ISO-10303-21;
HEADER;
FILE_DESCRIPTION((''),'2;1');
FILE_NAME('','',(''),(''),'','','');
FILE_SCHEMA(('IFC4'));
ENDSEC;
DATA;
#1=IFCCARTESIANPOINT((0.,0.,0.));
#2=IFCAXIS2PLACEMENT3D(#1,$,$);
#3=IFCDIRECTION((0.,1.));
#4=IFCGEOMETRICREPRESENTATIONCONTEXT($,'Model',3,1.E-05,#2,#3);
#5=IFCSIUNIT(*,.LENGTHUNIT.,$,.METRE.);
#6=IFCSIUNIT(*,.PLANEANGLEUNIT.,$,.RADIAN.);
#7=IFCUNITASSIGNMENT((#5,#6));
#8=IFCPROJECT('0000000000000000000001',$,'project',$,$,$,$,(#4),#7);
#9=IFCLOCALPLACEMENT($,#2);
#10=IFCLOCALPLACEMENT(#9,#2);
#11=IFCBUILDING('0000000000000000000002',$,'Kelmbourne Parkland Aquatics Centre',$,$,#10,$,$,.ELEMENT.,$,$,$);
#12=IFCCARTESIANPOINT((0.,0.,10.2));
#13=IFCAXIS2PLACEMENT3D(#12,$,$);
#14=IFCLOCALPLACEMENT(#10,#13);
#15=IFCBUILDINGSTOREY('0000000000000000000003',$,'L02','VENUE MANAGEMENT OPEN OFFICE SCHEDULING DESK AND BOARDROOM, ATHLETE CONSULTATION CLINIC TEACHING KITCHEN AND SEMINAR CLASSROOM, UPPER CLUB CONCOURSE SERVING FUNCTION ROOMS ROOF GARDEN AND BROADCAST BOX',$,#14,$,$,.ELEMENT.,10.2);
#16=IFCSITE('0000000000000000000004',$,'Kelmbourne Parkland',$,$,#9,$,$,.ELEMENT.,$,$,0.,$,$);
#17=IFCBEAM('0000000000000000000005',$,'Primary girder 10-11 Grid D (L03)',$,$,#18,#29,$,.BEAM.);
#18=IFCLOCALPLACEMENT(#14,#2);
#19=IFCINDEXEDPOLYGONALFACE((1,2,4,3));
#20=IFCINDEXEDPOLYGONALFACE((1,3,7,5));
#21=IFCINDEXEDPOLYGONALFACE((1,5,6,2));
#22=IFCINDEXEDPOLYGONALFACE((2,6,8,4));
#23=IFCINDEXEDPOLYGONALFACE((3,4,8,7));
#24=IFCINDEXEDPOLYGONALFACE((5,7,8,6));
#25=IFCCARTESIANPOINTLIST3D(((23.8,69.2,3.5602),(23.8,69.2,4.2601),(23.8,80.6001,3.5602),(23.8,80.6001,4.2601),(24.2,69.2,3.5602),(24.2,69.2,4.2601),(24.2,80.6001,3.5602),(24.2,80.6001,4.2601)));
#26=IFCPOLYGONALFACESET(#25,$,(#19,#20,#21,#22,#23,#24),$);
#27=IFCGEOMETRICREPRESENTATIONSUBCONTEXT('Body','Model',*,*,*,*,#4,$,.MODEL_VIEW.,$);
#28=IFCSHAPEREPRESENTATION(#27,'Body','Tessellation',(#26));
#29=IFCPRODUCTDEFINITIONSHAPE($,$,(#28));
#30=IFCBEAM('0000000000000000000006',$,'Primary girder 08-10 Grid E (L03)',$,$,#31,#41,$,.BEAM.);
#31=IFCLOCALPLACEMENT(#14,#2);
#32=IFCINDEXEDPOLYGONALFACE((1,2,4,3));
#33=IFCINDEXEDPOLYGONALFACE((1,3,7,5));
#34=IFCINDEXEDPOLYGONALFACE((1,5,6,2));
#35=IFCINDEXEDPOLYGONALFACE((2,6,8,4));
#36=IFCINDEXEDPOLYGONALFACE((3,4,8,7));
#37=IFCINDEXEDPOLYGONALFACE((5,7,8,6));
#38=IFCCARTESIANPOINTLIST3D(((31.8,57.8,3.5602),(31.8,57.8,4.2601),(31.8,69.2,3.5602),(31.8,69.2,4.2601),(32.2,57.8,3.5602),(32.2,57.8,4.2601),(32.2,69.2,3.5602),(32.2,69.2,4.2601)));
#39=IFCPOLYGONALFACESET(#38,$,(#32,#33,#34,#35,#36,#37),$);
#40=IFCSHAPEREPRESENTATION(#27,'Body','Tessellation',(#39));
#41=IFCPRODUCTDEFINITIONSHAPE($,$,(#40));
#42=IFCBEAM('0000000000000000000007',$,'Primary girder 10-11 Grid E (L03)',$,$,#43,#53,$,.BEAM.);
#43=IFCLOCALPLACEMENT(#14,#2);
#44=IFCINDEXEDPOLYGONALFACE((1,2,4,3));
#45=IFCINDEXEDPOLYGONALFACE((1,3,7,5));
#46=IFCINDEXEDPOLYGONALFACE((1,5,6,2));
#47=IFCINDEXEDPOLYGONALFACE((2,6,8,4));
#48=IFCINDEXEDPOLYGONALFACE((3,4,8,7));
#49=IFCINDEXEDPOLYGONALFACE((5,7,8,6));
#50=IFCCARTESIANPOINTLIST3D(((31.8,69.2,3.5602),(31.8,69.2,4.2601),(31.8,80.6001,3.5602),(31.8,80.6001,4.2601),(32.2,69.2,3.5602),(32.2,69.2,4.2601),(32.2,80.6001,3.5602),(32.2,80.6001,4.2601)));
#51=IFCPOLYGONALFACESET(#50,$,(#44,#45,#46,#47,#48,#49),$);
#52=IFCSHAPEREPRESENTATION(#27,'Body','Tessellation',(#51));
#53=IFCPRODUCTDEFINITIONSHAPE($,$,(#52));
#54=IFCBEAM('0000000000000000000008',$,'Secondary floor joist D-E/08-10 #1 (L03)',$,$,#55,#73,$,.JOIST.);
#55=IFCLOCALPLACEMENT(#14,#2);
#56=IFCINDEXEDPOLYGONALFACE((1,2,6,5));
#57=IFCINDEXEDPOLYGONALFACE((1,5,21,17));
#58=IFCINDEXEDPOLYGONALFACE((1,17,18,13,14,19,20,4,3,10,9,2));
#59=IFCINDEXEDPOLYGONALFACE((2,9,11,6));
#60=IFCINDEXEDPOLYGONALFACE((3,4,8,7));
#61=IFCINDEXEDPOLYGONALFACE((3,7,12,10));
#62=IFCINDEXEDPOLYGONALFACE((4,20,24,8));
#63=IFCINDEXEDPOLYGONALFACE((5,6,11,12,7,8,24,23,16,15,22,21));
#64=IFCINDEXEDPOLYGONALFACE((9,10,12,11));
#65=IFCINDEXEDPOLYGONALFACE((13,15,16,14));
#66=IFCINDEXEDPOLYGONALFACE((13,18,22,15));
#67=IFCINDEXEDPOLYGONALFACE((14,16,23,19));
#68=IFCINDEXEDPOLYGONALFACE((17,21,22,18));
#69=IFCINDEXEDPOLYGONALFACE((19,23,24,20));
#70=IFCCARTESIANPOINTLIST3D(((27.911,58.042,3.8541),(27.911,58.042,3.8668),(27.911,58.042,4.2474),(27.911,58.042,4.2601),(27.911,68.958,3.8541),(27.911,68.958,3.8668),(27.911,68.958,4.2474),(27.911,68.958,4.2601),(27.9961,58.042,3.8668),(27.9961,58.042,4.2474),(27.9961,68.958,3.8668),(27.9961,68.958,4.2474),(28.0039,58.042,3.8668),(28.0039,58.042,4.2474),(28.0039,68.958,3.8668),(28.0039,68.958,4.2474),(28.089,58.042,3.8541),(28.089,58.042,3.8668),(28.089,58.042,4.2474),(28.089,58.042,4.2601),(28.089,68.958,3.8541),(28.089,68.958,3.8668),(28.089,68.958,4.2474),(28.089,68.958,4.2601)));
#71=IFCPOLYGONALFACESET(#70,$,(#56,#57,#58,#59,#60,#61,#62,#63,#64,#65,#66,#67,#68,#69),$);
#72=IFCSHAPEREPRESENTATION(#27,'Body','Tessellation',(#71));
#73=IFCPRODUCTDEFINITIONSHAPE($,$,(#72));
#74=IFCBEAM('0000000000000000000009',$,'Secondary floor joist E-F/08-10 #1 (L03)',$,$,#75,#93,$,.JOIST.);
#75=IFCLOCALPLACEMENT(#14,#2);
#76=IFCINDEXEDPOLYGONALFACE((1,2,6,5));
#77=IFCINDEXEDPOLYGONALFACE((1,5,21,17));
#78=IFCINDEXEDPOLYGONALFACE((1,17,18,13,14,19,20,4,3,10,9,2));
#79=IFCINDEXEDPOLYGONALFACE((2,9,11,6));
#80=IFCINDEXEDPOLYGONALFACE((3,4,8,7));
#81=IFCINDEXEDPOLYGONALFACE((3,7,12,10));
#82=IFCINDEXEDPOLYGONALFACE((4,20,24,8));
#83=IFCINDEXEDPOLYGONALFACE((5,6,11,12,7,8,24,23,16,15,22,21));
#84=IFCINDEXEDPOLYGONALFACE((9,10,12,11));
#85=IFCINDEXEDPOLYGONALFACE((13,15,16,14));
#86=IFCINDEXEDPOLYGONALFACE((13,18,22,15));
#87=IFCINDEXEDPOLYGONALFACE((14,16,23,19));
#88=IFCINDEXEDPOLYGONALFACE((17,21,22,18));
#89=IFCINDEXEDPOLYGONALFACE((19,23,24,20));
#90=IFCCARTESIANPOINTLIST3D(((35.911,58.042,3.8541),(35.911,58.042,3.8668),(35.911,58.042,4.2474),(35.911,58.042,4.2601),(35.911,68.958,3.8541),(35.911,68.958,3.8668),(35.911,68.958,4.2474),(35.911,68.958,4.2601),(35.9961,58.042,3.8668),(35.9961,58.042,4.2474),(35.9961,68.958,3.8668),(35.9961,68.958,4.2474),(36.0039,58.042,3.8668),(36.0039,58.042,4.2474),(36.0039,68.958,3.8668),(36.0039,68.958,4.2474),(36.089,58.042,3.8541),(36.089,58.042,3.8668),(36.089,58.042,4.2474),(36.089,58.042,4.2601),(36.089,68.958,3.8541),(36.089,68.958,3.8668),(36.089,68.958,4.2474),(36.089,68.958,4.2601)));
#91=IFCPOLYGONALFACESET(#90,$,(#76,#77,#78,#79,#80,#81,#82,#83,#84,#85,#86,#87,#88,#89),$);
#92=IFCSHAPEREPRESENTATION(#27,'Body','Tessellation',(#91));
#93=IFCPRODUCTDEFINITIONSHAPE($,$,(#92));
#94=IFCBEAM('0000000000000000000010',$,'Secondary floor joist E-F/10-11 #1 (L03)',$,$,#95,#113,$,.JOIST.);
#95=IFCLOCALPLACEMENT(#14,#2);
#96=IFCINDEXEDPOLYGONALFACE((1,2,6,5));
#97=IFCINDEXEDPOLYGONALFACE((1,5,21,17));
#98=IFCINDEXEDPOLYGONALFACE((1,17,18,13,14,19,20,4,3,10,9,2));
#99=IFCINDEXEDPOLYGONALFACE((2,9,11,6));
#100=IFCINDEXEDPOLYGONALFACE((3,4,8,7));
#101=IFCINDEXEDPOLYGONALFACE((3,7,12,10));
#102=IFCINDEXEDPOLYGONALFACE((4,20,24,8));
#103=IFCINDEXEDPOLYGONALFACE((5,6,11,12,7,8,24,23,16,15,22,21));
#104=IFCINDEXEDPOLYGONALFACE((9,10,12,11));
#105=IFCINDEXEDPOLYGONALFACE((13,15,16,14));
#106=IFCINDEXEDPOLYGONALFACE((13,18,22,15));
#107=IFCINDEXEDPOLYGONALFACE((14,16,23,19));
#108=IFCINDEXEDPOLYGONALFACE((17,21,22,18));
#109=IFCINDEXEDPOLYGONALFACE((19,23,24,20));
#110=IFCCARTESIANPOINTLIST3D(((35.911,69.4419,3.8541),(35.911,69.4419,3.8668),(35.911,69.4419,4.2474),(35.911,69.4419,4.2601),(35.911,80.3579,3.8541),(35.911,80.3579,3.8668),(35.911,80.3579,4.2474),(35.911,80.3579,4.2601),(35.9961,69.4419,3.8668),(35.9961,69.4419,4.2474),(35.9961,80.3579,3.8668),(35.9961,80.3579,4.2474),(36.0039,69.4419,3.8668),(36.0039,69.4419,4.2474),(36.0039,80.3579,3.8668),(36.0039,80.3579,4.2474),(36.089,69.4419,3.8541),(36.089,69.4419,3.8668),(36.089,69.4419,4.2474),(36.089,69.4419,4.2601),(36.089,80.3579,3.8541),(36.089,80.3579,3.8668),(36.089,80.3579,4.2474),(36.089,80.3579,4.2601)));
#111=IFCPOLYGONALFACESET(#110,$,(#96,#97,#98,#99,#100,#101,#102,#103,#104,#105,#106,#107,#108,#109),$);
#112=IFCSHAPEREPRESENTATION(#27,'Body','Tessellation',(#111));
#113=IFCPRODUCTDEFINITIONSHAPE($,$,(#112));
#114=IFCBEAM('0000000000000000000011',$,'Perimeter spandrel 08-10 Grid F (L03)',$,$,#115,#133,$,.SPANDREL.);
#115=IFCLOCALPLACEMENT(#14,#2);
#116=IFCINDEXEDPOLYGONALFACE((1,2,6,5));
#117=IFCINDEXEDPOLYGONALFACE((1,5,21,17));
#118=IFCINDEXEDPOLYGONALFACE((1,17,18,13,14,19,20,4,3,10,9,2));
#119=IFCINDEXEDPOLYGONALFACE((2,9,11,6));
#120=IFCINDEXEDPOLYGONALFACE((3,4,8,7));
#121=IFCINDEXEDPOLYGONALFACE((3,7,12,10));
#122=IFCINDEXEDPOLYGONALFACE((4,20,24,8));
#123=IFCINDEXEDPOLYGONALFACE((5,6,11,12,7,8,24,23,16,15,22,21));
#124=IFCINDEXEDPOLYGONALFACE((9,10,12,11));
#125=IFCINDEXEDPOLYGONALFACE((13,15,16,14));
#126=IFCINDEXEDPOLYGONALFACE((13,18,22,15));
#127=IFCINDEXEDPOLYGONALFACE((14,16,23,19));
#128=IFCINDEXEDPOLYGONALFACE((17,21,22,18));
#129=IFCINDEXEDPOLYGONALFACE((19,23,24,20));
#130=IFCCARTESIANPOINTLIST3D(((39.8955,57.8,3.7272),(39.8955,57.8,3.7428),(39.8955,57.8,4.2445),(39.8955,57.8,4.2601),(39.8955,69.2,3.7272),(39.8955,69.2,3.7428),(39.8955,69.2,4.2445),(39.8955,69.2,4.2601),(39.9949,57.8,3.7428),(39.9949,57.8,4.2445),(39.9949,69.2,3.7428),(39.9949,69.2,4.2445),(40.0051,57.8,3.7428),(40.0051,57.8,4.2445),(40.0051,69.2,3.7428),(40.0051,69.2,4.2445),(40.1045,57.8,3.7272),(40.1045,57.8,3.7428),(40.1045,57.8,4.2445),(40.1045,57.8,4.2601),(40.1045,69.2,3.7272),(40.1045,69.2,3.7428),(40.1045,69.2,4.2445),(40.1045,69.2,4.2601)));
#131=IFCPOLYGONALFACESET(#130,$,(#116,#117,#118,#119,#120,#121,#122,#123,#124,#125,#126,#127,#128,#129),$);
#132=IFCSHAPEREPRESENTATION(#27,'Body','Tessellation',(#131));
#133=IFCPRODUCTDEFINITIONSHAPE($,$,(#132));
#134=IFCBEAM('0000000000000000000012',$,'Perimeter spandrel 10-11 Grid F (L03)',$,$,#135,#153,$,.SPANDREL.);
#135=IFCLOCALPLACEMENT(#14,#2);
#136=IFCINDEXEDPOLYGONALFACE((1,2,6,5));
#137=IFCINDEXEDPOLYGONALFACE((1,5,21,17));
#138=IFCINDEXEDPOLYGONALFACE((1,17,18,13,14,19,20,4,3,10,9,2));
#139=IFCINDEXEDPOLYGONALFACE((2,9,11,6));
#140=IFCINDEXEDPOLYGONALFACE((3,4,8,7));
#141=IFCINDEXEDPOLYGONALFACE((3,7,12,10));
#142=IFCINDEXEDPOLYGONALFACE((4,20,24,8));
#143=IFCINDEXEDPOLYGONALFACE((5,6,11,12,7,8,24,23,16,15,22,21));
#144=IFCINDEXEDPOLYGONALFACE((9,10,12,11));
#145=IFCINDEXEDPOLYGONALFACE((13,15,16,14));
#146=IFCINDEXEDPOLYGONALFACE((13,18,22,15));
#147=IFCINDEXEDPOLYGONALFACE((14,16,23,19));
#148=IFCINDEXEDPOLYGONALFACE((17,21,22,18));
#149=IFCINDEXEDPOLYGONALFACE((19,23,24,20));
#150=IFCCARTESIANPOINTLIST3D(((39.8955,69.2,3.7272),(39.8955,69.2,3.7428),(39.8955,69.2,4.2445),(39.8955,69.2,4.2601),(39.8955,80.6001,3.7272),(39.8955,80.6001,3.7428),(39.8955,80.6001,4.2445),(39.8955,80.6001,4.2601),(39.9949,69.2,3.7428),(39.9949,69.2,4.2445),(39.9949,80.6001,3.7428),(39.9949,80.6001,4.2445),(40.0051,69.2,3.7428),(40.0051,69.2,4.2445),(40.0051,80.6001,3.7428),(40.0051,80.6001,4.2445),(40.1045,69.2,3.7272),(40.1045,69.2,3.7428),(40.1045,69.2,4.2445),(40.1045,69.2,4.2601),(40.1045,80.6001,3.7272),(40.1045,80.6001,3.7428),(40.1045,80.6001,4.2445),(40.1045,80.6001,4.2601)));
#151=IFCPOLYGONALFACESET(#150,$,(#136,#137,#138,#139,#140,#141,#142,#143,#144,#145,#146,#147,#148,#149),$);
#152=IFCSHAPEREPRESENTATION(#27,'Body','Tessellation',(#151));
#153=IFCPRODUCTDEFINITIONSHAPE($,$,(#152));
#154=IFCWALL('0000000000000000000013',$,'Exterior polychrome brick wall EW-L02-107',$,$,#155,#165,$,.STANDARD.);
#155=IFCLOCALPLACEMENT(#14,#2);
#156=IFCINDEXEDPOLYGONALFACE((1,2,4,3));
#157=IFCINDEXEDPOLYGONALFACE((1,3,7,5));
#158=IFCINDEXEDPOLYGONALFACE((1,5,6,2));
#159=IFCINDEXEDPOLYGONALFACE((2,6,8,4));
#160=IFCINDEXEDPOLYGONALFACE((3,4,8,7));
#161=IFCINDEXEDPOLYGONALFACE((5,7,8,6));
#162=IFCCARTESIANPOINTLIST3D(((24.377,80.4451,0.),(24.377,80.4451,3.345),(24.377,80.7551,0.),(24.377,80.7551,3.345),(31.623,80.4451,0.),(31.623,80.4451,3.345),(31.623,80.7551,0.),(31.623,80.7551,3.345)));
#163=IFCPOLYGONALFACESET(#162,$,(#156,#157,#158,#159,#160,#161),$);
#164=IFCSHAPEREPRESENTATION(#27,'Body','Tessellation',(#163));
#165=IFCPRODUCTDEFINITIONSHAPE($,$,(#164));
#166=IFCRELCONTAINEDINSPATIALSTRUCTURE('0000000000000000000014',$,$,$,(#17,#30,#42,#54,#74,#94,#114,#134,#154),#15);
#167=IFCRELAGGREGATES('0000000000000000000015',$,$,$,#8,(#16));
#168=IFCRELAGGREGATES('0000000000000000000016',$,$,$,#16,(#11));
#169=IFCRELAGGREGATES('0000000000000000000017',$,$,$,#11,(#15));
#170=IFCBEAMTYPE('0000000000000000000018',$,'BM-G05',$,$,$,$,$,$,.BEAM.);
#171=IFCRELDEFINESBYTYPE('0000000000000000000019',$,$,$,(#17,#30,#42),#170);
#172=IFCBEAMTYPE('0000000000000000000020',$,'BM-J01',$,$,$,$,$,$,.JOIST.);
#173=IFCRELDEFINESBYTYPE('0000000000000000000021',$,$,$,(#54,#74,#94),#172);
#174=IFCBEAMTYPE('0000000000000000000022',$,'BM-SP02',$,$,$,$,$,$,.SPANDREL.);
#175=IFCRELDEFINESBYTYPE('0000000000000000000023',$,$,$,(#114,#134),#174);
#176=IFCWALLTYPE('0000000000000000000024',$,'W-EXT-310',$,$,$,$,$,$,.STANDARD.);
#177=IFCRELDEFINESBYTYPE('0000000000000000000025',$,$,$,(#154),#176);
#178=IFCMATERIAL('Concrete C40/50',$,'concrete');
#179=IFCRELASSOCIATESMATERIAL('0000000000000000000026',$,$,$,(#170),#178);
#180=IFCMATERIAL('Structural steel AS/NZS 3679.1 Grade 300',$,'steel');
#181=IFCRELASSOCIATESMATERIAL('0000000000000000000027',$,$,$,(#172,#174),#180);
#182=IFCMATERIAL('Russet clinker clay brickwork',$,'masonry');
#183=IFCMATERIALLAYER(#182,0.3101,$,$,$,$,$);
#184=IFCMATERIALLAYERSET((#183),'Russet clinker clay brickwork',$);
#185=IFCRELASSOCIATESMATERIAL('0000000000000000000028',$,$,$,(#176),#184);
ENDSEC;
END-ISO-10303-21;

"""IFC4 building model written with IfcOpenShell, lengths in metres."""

from ifc_helpers import new_model, si_unit, direction, frame, frame_2d, origin, origin_2d, place, context, subcontext, project, spatial, rectangle, i_section, extrude, material, layer, layer_set, material_profile, profile_set, type_object, element, save


model = new_model("IFC4")

# Units and contexts
model_context = context("Model", 3, precision=1e-05, world=origin(), true_north=direction((0.0, 1.0)))
body_context = subcontext(model_context, "Body", "Model", "MODEL_VIEW")
ifc_project = project(units=[si_unit("LENGTHUNIT", "METRE"), si_unit("PLANEANGLEUNIT", "RADIAN")], contexts=[model_context])

# Site, building, storey
site_placement = place(None, origin())
site = spatial("IfcSite", under=ifc_project, at=site_placement, Name="Kelmbourne Parkland", CompositionType="ELEMENT", RefElevation=0.0)
building_placement = place(site_placement, origin())
building = spatial("IfcBuilding", under=site, at=building_placement, Name="Kelmbourne Parkland Aquatics Centre", CompositionType="ELEMENT")
storey_placement = place(building_placement, frame((0.0, 0.0, 10.2)))
storey = spatial("IfcBuildingStorey", under=building, at=storey_placement, Name="L02", Description="VENUE MANAGEMENT OPEN OFFICE SCHEDULING DESK AND BOARDROOM, ATHLETE CONSULTATION CLINIC TEACHING KITCHEN AND SEMINAR CLASSROOM, UPPER CLUB CONCOURSE SERVING FUNCTION ROOMS ROOF GARDEN AND BROADCAST BOX", CompositionType="ELEMENT", Elevation=10.2)

# Shared definitions
ifc_material_1 = material(Name="Concrete C40/50", Category="concrete")
ifc_material_2 = material(Name="Structural steel AS/NZS 3679.1 Grade 300", Category="steel")

# Beams
ifc_material_profile_1 = material_profile(ifc_material_1, rectangle(XDim=0.3999, YDim=0.7, at=origin_2d()), Name="RC 400x700")
ifc_profile_set_1 = profile_set([ifc_material_profile_1], Name="Concrete C40/50")
beam_type_1 = type_object("IfcBeamType", Name="BM-G05", PredefinedType="BEAM", material=ifc_profile_set_1)
beam_1_placement = place(storey_placement, frame((24.0, 69.2, 3.9102), z_axis=(0.0, 1.0, 0.0), x_axis=(-1.0, 0.0, 0.0)))
element("IfcBeam", 1, at=beam_1_placement, inside=storey, type_object=beam_type_1, Name="Primary girder 10-11 Grid D (L03)", PredefinedType="BEAM", context=body_context, shape_type="SweptSolid", body=[
    extrude(rectangle(XDim=0.3999, YDim=0.7, at=origin_2d()), origin(), (0.0, 0.0, 1.0), 11.4001),
])
beam_2_placement = place(storey_placement, frame((32.0, 57.8, 3.9102), z_axis=(0.0, 1.0, 0.0), x_axis=(-1.0, 0.0, 0.0)))
element("IfcBeam", 2, at=beam_2_placement, inside=storey, type_object=beam_type_1, Name="Primary girder 08-10 Grid E (L03)", PredefinedType="BEAM", context=body_context, shape_type="SweptSolid", body=[
    extrude(rectangle(XDim=0.3999, YDim=0.7, at=origin_2d()), origin(), (0.0, 0.0, 1.0), 11.3999),
])
beam_3_placement = place(storey_placement, frame((32.0, 69.2, 3.9102), z_axis=(0.0, 1.0, 0.0), x_axis=(-1.0, 0.0, 0.0)))
element("IfcBeam", 3, at=beam_3_placement, inside=storey, type_object=beam_type_1, Name="Primary girder 10-11 Grid E (L03)", PredefinedType="BEAM", context=body_context, shape_type="SweptSolid", body=[
    extrude(rectangle(XDim=0.3999, YDim=0.7, at=origin_2d()), origin(), (0.0, 0.0, 1.0), 11.4001),
])
ifc_material_profile_2 = material_profile(ifc_material_2, i_section(OverallWidth=0.178, OverallDepth=0.406, WebThickness=0.0078, FlangeThickness=0.0127, at=origin_2d()), Name="410UB59.7")
ifc_profile_set_2 = profile_set([ifc_material_profile_2], Name="Structural steel AS/NZS 3679.1 Grade 300")
beam_type_2 = type_object("IfcBeamType", Name="BM-J01", PredefinedType="JOIST", material=ifc_profile_set_2)
for number, where, z_axis, x_axis, name in (
    (4, (28.0, 58.042, 4.0571), (0.0, 1.0, 0.0), (-1.0, 0.0, 0.0), "Secondary floor joist D-E/08-10 #1 (L03)"),
    (5, (36.0, 58.042, 4.0571), (0.0, 1.0, 0.0), (-1.0, 0.0, 0.0), "Secondary floor joist E-F/08-10 #1 (L03)"),
    (6, (36.0, 69.4419, 4.0571), (0.0, 1.0, 0.0), (-1.0, 0.0, 0.0), "Secondary floor joist E-F/10-11 #1 (L03)"),
):
    element("IfcBeam", number, at=place(storey_placement, frame(where, z_axis=z_axis, x_axis=x_axis)), inside=storey, type_object=beam_type_2, Name=name, PredefinedType="JOIST", context=body_context, shape_type="SweptSolid", body=[
        extrude(i_section(OverallWidth=0.178, OverallDepth=0.406, WebThickness=0.0078, FlangeThickness=0.0127, at=origin_2d()), origin(), (0.0, 0.0, 1.0), 10.916),
    ])
ifc_material_profile_3 = material_profile(ifc_material_2, i_section(OverallWidth=0.209, OverallDepth=0.533, WebThickness=0.0103, FlangeThickness=0.0156, at=origin_2d()), Name="530UB92.4")
ifc_profile_set_3 = profile_set([ifc_material_profile_3], Name="Structural steel AS/NZS 3679.1 Grade 300")
beam_type_3 = type_object("IfcBeamType", Name="BM-SP02", PredefinedType="SPANDREL", material=ifc_profile_set_3)
beam_4_placement = place(storey_placement, frame((40.0, 57.8, 3.9937), z_axis=(0.0, 1.0, 0.0), x_axis=(-1.0, 0.0, 0.0)))
element("IfcBeam", 7, at=beam_4_placement, inside=storey, type_object=beam_type_3, Name="Perimeter spandrel 08-10 Grid F (L03)", PredefinedType="SPANDREL", context=body_context, shape_type="SweptSolid", body=[
    extrude(i_section(OverallWidth=0.209, OverallDepth=0.533, WebThickness=0.0103, FlangeThickness=0.0156, at=origin_2d()), origin(), (0.0, 0.0, 1.0), 11.3999),
])
beam_5_placement = place(storey_placement, frame((40.0, 69.2, 3.9937), z_axis=(0.0, 1.0, 0.0), x_axis=(-1.0, 0.0, 0.0)))
element("IfcBeam", 8, at=beam_5_placement, inside=storey, type_object=beam_type_3, Name="Perimeter spandrel 10-11 Grid F (L03)", PredefinedType="SPANDREL", context=body_context, shape_type="SweptSolid", body=[
    extrude(i_section(OverallWidth=0.209, OverallDepth=0.533, WebThickness=0.0103, FlangeThickness=0.0156, at=origin_2d()), origin(), (0.0, 0.0, 1.0), 11.4001),
])

# Wall
ifc_material_3 = material(Name="Russet clinker clay brickwork", Category="masonry")
ifc_layer_1 = layer(ifc_material_3, 0.3101)
ifc_layer_set_1 = layer_set([ifc_layer_1], Name="Russet clinker clay brickwork")
wall_type_1 = type_object("IfcWallType", Name="W-EXT-310", PredefinedType="STANDARD", material=ifc_layer_set_1)
wall_1_placement = place(storey_placement, frame((24.377, 80.6001, 0.0), z_axis=(0.0, 0.0, 1.0), x_axis=(1.0, 0.0, 0.0)))
element("IfcWall", 9, at=wall_1_placement, inside=storey, type_object=wall_type_1, Name="Exterior polychrome brick wall EW-L02-107", PredefinedType="STANDARD", context=body_context, shape_type="SweptSolid", body=[
    extrude(rectangle(XDim=7.2461, YDim=0.3101, at=frame_2d((3.623, 0.0))), origin(), (0.0, 0.0, 1.0), 3.345),
])

save(model, "model.ifc")
